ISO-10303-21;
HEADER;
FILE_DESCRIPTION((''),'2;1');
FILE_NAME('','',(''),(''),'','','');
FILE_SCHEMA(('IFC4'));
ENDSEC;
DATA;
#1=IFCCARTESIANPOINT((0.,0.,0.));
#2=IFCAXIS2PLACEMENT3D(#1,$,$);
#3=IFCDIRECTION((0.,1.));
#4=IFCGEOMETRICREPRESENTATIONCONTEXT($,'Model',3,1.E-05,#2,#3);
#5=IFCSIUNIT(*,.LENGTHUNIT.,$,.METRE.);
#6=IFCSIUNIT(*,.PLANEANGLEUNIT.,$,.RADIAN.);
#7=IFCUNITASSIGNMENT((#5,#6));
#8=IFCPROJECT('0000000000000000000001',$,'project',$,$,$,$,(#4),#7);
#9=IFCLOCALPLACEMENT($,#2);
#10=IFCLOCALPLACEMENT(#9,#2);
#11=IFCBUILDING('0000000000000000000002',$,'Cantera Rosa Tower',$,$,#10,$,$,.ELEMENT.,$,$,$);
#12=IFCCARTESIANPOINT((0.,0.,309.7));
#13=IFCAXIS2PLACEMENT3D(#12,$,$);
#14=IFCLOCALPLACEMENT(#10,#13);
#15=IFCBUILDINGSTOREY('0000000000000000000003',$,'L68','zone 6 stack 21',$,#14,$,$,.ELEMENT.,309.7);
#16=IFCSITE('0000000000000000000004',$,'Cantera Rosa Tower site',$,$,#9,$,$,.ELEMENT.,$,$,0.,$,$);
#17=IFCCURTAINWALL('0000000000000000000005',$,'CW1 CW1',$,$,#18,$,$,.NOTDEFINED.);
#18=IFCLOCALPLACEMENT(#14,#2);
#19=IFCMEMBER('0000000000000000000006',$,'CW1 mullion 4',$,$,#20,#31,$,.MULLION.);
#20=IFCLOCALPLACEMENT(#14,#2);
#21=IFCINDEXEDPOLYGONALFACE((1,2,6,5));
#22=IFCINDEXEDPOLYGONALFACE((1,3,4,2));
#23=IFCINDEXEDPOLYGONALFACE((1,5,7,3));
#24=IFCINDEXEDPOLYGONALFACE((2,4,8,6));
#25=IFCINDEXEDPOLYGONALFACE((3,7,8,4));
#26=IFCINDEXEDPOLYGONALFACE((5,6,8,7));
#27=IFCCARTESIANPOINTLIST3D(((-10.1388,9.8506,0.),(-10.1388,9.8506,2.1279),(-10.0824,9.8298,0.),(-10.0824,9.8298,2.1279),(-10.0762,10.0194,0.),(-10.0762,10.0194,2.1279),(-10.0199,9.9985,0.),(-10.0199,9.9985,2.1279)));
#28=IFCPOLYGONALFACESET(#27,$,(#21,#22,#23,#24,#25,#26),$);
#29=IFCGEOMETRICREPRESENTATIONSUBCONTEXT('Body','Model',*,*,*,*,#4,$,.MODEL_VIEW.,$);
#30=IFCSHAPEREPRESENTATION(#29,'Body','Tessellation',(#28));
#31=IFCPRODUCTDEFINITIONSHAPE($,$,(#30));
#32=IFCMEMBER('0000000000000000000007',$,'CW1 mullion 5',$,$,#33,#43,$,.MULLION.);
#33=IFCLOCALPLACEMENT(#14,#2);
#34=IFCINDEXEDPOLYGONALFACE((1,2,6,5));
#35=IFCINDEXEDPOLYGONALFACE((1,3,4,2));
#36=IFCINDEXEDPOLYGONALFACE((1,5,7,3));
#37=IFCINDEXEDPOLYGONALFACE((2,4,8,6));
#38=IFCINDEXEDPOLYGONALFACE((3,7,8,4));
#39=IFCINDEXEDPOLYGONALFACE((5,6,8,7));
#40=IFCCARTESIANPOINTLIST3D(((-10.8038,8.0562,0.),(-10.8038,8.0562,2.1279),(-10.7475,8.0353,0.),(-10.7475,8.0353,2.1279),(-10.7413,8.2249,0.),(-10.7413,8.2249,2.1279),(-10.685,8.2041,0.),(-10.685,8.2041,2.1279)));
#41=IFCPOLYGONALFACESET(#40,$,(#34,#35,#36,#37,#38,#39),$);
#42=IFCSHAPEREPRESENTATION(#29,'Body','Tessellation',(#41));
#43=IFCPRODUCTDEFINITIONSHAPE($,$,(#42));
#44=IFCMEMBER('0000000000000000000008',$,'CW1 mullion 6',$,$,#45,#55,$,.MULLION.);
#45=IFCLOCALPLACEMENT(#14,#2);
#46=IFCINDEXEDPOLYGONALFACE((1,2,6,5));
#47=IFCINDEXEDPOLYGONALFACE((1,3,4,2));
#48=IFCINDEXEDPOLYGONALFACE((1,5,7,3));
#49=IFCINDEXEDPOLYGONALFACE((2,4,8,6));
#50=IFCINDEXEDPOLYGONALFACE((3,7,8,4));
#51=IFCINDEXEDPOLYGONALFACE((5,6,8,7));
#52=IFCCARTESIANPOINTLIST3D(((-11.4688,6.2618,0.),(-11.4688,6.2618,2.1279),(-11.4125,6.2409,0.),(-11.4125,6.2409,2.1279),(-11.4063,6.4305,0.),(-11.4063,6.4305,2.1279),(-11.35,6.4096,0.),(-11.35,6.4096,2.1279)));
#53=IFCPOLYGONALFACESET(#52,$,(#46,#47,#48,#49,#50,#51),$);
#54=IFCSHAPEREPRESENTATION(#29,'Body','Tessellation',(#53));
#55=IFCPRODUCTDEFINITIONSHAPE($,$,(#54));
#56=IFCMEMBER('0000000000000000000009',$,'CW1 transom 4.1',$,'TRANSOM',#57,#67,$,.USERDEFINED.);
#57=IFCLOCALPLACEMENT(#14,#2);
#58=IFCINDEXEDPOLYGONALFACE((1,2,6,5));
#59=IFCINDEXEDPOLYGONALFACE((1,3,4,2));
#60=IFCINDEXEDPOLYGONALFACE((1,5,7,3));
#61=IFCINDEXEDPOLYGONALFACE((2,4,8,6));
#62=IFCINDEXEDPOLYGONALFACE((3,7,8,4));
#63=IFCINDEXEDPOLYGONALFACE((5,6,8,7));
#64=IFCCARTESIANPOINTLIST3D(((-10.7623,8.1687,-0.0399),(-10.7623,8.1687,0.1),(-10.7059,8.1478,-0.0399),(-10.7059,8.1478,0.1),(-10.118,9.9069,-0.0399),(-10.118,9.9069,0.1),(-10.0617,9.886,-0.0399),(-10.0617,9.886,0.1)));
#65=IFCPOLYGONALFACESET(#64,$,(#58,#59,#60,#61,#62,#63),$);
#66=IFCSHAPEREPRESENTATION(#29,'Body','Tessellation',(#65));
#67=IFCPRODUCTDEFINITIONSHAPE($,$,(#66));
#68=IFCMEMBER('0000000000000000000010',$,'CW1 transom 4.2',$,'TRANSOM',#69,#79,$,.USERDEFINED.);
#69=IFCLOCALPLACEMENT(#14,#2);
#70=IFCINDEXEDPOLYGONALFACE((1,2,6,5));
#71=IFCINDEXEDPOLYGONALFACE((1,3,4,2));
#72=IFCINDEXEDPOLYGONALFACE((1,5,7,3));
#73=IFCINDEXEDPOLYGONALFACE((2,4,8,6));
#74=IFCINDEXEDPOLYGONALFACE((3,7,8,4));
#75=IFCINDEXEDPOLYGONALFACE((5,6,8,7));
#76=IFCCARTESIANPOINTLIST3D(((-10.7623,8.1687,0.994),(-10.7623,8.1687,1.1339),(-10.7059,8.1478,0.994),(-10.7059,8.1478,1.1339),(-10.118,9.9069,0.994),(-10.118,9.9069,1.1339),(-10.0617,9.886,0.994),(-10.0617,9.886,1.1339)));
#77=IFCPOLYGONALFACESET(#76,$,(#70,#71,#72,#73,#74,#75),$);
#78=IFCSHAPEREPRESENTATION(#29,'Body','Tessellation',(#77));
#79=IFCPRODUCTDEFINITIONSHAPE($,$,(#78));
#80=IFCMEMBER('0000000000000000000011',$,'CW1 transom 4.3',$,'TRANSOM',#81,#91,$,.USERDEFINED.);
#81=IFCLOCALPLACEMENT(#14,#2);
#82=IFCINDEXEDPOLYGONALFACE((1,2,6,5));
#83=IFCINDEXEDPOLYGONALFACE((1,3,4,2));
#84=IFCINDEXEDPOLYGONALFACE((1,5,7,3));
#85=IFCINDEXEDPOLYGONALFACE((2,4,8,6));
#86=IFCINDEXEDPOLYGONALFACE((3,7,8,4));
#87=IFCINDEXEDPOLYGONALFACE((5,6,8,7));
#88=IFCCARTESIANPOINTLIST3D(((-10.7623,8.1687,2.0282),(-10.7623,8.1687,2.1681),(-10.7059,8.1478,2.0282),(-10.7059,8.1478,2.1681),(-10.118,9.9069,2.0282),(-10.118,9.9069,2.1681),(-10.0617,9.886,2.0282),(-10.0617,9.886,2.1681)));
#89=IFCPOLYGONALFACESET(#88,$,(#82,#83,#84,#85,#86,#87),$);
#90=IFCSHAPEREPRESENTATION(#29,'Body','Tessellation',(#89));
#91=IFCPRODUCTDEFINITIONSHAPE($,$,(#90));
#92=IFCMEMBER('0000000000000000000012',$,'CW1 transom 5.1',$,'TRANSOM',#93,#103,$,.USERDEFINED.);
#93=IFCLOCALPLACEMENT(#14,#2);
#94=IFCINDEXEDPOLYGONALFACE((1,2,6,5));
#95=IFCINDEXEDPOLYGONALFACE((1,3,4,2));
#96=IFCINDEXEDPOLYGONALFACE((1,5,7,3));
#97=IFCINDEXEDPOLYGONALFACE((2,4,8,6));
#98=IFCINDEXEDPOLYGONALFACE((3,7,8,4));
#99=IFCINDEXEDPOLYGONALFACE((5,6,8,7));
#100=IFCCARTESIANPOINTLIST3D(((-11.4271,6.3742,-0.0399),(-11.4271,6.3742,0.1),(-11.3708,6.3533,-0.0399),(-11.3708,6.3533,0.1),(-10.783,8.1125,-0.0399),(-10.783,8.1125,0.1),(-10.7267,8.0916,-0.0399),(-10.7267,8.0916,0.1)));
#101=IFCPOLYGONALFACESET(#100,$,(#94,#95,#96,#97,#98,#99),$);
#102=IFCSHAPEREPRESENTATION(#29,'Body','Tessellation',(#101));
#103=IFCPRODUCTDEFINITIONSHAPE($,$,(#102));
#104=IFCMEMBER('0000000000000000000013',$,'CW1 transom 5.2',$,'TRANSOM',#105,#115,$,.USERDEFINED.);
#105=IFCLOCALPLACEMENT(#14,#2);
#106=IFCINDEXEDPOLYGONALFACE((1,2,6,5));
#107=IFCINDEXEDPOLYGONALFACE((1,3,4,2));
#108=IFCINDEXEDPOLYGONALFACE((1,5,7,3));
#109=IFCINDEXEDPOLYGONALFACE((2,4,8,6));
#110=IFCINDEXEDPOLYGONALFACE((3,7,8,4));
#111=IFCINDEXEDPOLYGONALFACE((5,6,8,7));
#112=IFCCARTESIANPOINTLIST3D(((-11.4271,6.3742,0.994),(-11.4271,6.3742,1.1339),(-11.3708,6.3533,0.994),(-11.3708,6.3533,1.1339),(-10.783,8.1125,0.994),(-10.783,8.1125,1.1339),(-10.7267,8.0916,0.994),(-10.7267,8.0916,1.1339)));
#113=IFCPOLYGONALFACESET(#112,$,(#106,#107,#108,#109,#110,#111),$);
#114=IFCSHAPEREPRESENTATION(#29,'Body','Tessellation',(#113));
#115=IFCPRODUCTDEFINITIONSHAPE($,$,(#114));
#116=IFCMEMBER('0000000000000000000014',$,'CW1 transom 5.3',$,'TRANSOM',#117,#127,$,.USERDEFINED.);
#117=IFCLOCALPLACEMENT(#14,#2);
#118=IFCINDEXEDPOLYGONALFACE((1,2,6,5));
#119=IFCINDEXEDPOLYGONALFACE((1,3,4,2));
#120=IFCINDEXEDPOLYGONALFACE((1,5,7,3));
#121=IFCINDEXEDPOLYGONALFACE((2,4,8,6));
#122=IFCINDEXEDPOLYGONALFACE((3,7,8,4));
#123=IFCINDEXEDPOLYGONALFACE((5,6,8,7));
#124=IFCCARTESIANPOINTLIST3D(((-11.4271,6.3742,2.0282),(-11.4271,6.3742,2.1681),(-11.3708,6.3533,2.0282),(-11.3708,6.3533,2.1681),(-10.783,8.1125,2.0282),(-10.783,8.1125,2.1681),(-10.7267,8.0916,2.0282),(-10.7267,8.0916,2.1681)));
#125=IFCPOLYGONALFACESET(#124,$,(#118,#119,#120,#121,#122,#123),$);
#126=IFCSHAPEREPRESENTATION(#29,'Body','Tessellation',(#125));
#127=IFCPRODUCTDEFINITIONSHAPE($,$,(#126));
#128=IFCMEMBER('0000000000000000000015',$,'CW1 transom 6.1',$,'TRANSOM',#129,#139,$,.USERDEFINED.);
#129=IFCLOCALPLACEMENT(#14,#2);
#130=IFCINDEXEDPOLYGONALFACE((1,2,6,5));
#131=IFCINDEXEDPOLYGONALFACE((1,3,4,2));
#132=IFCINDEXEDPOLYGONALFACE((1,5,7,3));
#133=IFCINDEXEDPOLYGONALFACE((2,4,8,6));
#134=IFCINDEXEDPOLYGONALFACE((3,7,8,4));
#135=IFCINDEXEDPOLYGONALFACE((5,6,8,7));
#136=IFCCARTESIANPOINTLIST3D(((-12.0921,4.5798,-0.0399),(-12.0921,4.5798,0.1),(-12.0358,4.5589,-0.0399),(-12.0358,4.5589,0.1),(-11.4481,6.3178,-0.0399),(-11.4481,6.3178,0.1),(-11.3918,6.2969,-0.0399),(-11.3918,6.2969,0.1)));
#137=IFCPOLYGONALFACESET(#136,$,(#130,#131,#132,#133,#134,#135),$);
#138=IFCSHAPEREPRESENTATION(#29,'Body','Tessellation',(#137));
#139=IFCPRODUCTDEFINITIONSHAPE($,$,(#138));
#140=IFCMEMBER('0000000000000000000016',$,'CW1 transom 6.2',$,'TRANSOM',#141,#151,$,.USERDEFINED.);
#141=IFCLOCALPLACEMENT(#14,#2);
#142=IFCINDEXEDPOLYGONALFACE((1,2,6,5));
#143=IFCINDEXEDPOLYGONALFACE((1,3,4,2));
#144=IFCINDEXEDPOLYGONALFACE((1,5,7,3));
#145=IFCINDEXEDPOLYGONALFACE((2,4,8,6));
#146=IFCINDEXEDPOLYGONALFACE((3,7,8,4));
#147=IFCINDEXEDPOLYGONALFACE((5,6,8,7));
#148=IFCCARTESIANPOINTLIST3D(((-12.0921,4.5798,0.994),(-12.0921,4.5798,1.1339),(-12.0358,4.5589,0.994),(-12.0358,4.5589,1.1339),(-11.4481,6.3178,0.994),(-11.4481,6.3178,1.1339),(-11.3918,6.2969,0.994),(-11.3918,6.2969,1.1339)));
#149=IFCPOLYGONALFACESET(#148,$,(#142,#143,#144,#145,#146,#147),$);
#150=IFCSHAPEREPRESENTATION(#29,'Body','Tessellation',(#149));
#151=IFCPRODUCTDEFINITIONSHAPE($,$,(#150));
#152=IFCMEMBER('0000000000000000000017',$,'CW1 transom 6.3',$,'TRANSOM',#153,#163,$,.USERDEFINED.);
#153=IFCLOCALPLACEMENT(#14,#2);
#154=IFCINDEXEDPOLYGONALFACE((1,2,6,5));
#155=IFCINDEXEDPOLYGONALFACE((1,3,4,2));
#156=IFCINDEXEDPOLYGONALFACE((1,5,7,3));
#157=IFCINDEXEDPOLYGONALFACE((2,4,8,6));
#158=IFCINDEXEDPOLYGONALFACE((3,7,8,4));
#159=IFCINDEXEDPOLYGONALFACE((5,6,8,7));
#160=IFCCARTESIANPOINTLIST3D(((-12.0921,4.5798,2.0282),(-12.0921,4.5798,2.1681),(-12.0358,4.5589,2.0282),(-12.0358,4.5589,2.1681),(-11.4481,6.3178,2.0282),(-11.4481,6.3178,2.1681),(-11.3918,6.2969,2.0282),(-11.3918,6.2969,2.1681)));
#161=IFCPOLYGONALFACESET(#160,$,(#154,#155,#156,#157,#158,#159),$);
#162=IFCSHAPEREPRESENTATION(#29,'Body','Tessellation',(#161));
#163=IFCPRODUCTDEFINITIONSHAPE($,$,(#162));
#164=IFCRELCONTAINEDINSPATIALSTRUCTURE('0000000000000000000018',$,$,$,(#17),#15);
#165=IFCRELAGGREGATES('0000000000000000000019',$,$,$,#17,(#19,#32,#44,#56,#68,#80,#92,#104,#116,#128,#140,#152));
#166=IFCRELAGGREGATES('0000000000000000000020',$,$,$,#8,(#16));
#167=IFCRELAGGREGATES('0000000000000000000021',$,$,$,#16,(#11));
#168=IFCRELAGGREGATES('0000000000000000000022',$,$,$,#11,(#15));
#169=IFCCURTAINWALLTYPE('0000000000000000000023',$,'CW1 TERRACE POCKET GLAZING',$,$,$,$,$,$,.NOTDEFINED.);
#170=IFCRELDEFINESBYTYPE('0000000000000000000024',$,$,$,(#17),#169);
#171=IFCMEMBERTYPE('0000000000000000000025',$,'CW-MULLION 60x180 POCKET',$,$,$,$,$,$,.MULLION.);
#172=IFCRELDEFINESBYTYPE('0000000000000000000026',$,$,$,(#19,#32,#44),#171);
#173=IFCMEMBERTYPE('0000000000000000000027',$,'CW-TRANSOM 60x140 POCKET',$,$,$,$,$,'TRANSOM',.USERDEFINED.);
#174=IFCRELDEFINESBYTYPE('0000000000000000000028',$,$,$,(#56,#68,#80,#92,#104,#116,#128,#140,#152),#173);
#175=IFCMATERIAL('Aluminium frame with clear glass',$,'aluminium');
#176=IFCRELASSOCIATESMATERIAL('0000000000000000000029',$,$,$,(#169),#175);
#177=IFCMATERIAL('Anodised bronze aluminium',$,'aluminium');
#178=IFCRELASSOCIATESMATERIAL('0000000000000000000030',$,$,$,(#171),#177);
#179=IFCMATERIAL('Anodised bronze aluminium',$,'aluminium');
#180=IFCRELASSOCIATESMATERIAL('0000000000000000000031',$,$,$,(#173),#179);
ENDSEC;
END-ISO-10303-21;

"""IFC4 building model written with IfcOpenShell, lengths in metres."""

from ifc_helpers import new_model, si_unit, direction, frame, origin, origin_2d, place, context, subcontext, project, spatial, rectangle, extrude, material, material_profile, profile_set, type_object, element, aggregate, save


model = new_model("IFC4")

# Units and contexts
model_context = context("Model", 3, precision=1e-05, world=origin(), true_north=direction((0.0, 1.0)))
body_context = subcontext(model_context, "Body", "Model", "MODEL_VIEW")
ifc_project = project(units=[si_unit("LENGTHUNIT", "METRE"), si_unit("PLANEANGLEUNIT", "RADIAN")], contexts=[model_context])

# Site, building, storey
site_placement = place(None, origin())
site = spatial("IfcSite", under=ifc_project, at=site_placement, Name="Cantera Rosa Tower site", CompositionType="ELEMENT", RefElevation=0.0)
building_placement = place(site_placement, origin())
building = spatial("IfcBuilding", under=site, at=building_placement, Name="Cantera Rosa Tower", CompositionType="ELEMENT")
storey_placement = place(building_placement, frame((0.0, 0.0, 309.7)))
storey = spatial("IfcBuildingStorey", under=building, at=storey_placement, Name="L68", Description="zone 6 stack 21", CompositionType="ELEMENT", Elevation=309.7)

# Curtain wall, members
ifc_material_1 = material(Name="Aluminium frame with clear glass", Category="aluminium")
curtain_wall_type = type_object("IfcCurtainWallType", Name="CW1 TERRACE POCKET GLAZING", PredefinedType="NOTDEFINED", material=ifc_material_1)
curtain_wall_placement = place(storey_placement, origin())
curtain_wall = element("IfcCurtainWall", 1, at=curtain_wall_placement, inside=storey, type_object=curtain_wall_type, Name="CW1 CW1", PredefinedType="NOTDEFINED")
ifc_material_2 = material(Name="Anodised bronze aluminium", Category="aluminium")
ifc_material_profile_1 = material_profile(ifc_material_2, rectangle(XDim=0.0601, YDim=0.1799, at=origin_2d()), Name="CW-MULLION 60x180 POCKET")
ifc_profile_set_1 = profile_set([ifc_material_profile_1], Name="Anodised bronze aluminium")
member_type_1 = type_object("IfcMemberType", Name="CW-MULLION 60x180 POCKET", PredefinedType="MULLION", material=ifc_profile_set_1)
member_1_placement = place(storey_placement, frame((-10.0793, 9.9246, 0.0), z_axis=(0.0, 0.0, 1.0), x_axis=(0.937687, -0.347481, 0.0)))
member_1 = element("IfcMember", 2, at=member_1_placement, type_object=member_type_1, Name="CW1 mullion 4", PredefinedType="MULLION", context=body_context, shape_type="SweptSolid", body=[
    extrude(rectangle(XDim=0.0601, YDim=0.1799, at=origin_2d()), origin(), (0.0, 0.0, 1.0), 2.1279),
])
member_2_placement = place(storey_placement, frame((-10.7444, 8.1301, 0.0), z_axis=(0.0, 0.0, 1.0), x_axis=(0.937687, -0.347481, 0.0)))
member_2 = element("IfcMember", 3, at=member_2_placement, type_object=member_type_1, Name="CW1 mullion 5", PredefinedType="MULLION", context=body_context, shape_type="SweptSolid", body=[
    extrude(rectangle(XDim=0.0601, YDim=0.1799, at=origin_2d()), origin(), (0.0, 0.0, 1.0), 2.1279),
])
member_3_placement = place(storey_placement, frame((-11.4094, 6.3357, 0.0), z_axis=(0.0, 0.0, 1.0), x_axis=(0.937687, -0.347481, 0.0)))
member_3 = element("IfcMember", 4, at=member_3_placement, type_object=member_type_1, Name="CW1 mullion 6", PredefinedType="MULLION", context=body_context, shape_type="SweptSolid", body=[
    extrude(rectangle(XDim=0.0601, YDim=0.1799, at=origin_2d()), origin(), (0.0, 0.0, 1.0), 2.1279),
])
ifc_material_3 = material(Name="Anodised bronze aluminium", Category="aluminium")
ifc_material_profile_2 = material_profile(ifc_material_3, rectangle(XDim=0.0601, YDim=0.1399, at=origin_2d()), Name="CW-TRANSOM 60x140 POCKET")
ifc_profile_set_2 = profile_set([ifc_material_profile_2], Name="Anodised bronze aluminium")
member_type_2 = type_object("IfcMemberType", Name="CW-TRANSOM 60x140 POCKET", ElementType="TRANSOM", PredefinedType="USERDEFINED", material=ifc_profile_set_2)
member_4_placement = place(storey_placement, frame((-10.0898, 9.8965, 0.03), z_axis=(-0.347542, -0.937665, 0.0), x_axis=(0.937665, -0.347542, 0.0)))
member_4 = element("IfcMember", 5, at=member_4_placement, type_object=member_type_2, Name="CW1 transom 4.1", ObjectType="TRANSOM", PredefinedType="USERDEFINED", context=body_context, shape_type="SweptSolid", body=[
    extrude(rectangle(XDim=0.0601, YDim=0.1399, at=origin_2d()), origin(), (0.0, 0.0, 1.0), 1.8538),
])
member_5_placement = place(storey_placement, frame((-10.0898, 9.8965, 1.064), z_axis=(-0.347542, -0.937665, 0.0), x_axis=(0.937665, -0.347542, 0.0)))
member_5 = element("IfcMember", 6, at=member_5_placement, type_object=member_type_2, Name="CW1 transom 4.2", ObjectType="TRANSOM", PredefinedType="USERDEFINED", context=body_context, shape_type="SweptSolid", body=[
    extrude(rectangle(XDim=0.0601, YDim=0.1399, at=origin_2d()), origin(), (0.0, 0.0, 1.0), 1.8538),
])
member_6_placement = place(storey_placement, frame((-10.0898, 9.8965, 2.0981), z_axis=(-0.347542, -0.937665, 0.0), x_axis=(0.937665, -0.347542, 0.0)))
member_6 = element("IfcMember", 7, at=member_6_placement, type_object=member_type_2, Name="CW1 transom 4.3", ObjectType="TRANSOM", PredefinedType="USERDEFINED", context=body_context, shape_type="SweptSolid", body=[
    extrude(rectangle(XDim=0.0601, YDim=0.1399, at=origin_2d()), origin(), (0.0, 0.0, 1.0), 1.8538),
])
member_7_placement = place(storey_placement, frame((-10.7549, 8.1021, 0.03), z_axis=(-0.347426, -0.937707, 0.0), x_axis=(0.937707, -0.347426, 0.0)))
member_7 = element("IfcMember", 8, at=member_7_placement, type_object=member_type_2, Name="CW1 transom 5.1", ObjectType="TRANSOM", PredefinedType="USERDEFINED", context=body_context, shape_type="SweptSolid", body=[
    extrude(rectangle(XDim=0.0601, YDim=0.1399, at=origin_2d()), origin(), (0.0, 0.0, 1.0), 1.8538),
])
member_8_placement = place(storey_placement, frame((-10.7549, 8.1021, 1.064), z_axis=(-0.347426, -0.937707, 0.0), x_axis=(0.937707, -0.347426, 0.0)))
member_8 = element("IfcMember", 9, at=member_8_placement, type_object=member_type_2, Name="CW1 transom 5.2", ObjectType="TRANSOM", PredefinedType="USERDEFINED", context=body_context, shape_type="SweptSolid", body=[
    extrude(rectangle(XDim=0.0601, YDim=0.1399, at=origin_2d()), origin(), (0.0, 0.0, 1.0), 1.8538),
])
member_9_placement = place(storey_placement, frame((-10.7549, 8.1021, 2.0981), z_axis=(-0.347426, -0.937707, 0.0), x_axis=(0.937707, -0.347426, 0.0)))
member_9 = element("IfcMember", 10, at=member_9_placement, type_object=member_type_2, Name="CW1 transom 5.3", ObjectType="TRANSOM", PredefinedType="USERDEFINED", context=body_context, shape_type="SweptSolid", body=[
    extrude(rectangle(XDim=0.0601, YDim=0.1399, at=origin_2d()), origin(), (0.0, 0.0, 1.0), 1.8538),
])
member_10_placement = place(storey_placement, frame((-11.4199, 6.3074, 0.03), z_axis=(-0.347469, -0.937692, 0.0), x_axis=(0.937692, -0.347469, 0.0)))
member_10 = element("IfcMember", 11, at=member_10_placement, type_object=member_type_2, Name="CW1 transom 6.1", ObjectType="TRANSOM", PredefinedType="USERDEFINED", context=body_context, shape_type="SweptSolid", body=[
    extrude(rectangle(XDim=0.0601, YDim=0.1399, at=origin_2d()), origin(), (0.0, 0.0, 1.0), 1.8535),
])
member_11_placement = place(storey_placement, frame((-11.4199, 6.3074, 1.064), z_axis=(-0.347469, -0.937692, 0.0), x_axis=(0.937692, -0.347469, 0.0)))
member_11 = element("IfcMember", 12, at=member_11_placement, type_object=member_type_2, Name="CW1 transom 6.2", ObjectType="TRANSOM", PredefinedType="USERDEFINED", context=body_context, shape_type="SweptSolid", body=[
    extrude(rectangle(XDim=0.0601, YDim=0.1399, at=origin_2d()), origin(), (0.0, 0.0, 1.0), 1.8535),
])
member_12_placement = place(storey_placement, frame((-11.4199, 6.3074, 2.0981), z_axis=(-0.347469, -0.937692, 0.0), x_axis=(0.937692, -0.347469, 0.0)))
member_12 = element("IfcMember", 13, at=member_12_placement, type_object=member_type_2, Name="CW1 transom 6.3", ObjectType="TRANSOM", PredefinedType="USERDEFINED", context=body_context, shape_type="SweptSolid", body=[
    extrude(rectangle(XDim=0.0601, YDim=0.1399, at=origin_2d()), origin(), (0.0, 0.0, 1.0), 1.8535),
])

aggregate(curtain_wall, [member_1, member_2, member_3, member_4, member_5, member_6, member_7, member_8, member_9, member_10, member_11, member_12])

save(model, "model.ifc")
